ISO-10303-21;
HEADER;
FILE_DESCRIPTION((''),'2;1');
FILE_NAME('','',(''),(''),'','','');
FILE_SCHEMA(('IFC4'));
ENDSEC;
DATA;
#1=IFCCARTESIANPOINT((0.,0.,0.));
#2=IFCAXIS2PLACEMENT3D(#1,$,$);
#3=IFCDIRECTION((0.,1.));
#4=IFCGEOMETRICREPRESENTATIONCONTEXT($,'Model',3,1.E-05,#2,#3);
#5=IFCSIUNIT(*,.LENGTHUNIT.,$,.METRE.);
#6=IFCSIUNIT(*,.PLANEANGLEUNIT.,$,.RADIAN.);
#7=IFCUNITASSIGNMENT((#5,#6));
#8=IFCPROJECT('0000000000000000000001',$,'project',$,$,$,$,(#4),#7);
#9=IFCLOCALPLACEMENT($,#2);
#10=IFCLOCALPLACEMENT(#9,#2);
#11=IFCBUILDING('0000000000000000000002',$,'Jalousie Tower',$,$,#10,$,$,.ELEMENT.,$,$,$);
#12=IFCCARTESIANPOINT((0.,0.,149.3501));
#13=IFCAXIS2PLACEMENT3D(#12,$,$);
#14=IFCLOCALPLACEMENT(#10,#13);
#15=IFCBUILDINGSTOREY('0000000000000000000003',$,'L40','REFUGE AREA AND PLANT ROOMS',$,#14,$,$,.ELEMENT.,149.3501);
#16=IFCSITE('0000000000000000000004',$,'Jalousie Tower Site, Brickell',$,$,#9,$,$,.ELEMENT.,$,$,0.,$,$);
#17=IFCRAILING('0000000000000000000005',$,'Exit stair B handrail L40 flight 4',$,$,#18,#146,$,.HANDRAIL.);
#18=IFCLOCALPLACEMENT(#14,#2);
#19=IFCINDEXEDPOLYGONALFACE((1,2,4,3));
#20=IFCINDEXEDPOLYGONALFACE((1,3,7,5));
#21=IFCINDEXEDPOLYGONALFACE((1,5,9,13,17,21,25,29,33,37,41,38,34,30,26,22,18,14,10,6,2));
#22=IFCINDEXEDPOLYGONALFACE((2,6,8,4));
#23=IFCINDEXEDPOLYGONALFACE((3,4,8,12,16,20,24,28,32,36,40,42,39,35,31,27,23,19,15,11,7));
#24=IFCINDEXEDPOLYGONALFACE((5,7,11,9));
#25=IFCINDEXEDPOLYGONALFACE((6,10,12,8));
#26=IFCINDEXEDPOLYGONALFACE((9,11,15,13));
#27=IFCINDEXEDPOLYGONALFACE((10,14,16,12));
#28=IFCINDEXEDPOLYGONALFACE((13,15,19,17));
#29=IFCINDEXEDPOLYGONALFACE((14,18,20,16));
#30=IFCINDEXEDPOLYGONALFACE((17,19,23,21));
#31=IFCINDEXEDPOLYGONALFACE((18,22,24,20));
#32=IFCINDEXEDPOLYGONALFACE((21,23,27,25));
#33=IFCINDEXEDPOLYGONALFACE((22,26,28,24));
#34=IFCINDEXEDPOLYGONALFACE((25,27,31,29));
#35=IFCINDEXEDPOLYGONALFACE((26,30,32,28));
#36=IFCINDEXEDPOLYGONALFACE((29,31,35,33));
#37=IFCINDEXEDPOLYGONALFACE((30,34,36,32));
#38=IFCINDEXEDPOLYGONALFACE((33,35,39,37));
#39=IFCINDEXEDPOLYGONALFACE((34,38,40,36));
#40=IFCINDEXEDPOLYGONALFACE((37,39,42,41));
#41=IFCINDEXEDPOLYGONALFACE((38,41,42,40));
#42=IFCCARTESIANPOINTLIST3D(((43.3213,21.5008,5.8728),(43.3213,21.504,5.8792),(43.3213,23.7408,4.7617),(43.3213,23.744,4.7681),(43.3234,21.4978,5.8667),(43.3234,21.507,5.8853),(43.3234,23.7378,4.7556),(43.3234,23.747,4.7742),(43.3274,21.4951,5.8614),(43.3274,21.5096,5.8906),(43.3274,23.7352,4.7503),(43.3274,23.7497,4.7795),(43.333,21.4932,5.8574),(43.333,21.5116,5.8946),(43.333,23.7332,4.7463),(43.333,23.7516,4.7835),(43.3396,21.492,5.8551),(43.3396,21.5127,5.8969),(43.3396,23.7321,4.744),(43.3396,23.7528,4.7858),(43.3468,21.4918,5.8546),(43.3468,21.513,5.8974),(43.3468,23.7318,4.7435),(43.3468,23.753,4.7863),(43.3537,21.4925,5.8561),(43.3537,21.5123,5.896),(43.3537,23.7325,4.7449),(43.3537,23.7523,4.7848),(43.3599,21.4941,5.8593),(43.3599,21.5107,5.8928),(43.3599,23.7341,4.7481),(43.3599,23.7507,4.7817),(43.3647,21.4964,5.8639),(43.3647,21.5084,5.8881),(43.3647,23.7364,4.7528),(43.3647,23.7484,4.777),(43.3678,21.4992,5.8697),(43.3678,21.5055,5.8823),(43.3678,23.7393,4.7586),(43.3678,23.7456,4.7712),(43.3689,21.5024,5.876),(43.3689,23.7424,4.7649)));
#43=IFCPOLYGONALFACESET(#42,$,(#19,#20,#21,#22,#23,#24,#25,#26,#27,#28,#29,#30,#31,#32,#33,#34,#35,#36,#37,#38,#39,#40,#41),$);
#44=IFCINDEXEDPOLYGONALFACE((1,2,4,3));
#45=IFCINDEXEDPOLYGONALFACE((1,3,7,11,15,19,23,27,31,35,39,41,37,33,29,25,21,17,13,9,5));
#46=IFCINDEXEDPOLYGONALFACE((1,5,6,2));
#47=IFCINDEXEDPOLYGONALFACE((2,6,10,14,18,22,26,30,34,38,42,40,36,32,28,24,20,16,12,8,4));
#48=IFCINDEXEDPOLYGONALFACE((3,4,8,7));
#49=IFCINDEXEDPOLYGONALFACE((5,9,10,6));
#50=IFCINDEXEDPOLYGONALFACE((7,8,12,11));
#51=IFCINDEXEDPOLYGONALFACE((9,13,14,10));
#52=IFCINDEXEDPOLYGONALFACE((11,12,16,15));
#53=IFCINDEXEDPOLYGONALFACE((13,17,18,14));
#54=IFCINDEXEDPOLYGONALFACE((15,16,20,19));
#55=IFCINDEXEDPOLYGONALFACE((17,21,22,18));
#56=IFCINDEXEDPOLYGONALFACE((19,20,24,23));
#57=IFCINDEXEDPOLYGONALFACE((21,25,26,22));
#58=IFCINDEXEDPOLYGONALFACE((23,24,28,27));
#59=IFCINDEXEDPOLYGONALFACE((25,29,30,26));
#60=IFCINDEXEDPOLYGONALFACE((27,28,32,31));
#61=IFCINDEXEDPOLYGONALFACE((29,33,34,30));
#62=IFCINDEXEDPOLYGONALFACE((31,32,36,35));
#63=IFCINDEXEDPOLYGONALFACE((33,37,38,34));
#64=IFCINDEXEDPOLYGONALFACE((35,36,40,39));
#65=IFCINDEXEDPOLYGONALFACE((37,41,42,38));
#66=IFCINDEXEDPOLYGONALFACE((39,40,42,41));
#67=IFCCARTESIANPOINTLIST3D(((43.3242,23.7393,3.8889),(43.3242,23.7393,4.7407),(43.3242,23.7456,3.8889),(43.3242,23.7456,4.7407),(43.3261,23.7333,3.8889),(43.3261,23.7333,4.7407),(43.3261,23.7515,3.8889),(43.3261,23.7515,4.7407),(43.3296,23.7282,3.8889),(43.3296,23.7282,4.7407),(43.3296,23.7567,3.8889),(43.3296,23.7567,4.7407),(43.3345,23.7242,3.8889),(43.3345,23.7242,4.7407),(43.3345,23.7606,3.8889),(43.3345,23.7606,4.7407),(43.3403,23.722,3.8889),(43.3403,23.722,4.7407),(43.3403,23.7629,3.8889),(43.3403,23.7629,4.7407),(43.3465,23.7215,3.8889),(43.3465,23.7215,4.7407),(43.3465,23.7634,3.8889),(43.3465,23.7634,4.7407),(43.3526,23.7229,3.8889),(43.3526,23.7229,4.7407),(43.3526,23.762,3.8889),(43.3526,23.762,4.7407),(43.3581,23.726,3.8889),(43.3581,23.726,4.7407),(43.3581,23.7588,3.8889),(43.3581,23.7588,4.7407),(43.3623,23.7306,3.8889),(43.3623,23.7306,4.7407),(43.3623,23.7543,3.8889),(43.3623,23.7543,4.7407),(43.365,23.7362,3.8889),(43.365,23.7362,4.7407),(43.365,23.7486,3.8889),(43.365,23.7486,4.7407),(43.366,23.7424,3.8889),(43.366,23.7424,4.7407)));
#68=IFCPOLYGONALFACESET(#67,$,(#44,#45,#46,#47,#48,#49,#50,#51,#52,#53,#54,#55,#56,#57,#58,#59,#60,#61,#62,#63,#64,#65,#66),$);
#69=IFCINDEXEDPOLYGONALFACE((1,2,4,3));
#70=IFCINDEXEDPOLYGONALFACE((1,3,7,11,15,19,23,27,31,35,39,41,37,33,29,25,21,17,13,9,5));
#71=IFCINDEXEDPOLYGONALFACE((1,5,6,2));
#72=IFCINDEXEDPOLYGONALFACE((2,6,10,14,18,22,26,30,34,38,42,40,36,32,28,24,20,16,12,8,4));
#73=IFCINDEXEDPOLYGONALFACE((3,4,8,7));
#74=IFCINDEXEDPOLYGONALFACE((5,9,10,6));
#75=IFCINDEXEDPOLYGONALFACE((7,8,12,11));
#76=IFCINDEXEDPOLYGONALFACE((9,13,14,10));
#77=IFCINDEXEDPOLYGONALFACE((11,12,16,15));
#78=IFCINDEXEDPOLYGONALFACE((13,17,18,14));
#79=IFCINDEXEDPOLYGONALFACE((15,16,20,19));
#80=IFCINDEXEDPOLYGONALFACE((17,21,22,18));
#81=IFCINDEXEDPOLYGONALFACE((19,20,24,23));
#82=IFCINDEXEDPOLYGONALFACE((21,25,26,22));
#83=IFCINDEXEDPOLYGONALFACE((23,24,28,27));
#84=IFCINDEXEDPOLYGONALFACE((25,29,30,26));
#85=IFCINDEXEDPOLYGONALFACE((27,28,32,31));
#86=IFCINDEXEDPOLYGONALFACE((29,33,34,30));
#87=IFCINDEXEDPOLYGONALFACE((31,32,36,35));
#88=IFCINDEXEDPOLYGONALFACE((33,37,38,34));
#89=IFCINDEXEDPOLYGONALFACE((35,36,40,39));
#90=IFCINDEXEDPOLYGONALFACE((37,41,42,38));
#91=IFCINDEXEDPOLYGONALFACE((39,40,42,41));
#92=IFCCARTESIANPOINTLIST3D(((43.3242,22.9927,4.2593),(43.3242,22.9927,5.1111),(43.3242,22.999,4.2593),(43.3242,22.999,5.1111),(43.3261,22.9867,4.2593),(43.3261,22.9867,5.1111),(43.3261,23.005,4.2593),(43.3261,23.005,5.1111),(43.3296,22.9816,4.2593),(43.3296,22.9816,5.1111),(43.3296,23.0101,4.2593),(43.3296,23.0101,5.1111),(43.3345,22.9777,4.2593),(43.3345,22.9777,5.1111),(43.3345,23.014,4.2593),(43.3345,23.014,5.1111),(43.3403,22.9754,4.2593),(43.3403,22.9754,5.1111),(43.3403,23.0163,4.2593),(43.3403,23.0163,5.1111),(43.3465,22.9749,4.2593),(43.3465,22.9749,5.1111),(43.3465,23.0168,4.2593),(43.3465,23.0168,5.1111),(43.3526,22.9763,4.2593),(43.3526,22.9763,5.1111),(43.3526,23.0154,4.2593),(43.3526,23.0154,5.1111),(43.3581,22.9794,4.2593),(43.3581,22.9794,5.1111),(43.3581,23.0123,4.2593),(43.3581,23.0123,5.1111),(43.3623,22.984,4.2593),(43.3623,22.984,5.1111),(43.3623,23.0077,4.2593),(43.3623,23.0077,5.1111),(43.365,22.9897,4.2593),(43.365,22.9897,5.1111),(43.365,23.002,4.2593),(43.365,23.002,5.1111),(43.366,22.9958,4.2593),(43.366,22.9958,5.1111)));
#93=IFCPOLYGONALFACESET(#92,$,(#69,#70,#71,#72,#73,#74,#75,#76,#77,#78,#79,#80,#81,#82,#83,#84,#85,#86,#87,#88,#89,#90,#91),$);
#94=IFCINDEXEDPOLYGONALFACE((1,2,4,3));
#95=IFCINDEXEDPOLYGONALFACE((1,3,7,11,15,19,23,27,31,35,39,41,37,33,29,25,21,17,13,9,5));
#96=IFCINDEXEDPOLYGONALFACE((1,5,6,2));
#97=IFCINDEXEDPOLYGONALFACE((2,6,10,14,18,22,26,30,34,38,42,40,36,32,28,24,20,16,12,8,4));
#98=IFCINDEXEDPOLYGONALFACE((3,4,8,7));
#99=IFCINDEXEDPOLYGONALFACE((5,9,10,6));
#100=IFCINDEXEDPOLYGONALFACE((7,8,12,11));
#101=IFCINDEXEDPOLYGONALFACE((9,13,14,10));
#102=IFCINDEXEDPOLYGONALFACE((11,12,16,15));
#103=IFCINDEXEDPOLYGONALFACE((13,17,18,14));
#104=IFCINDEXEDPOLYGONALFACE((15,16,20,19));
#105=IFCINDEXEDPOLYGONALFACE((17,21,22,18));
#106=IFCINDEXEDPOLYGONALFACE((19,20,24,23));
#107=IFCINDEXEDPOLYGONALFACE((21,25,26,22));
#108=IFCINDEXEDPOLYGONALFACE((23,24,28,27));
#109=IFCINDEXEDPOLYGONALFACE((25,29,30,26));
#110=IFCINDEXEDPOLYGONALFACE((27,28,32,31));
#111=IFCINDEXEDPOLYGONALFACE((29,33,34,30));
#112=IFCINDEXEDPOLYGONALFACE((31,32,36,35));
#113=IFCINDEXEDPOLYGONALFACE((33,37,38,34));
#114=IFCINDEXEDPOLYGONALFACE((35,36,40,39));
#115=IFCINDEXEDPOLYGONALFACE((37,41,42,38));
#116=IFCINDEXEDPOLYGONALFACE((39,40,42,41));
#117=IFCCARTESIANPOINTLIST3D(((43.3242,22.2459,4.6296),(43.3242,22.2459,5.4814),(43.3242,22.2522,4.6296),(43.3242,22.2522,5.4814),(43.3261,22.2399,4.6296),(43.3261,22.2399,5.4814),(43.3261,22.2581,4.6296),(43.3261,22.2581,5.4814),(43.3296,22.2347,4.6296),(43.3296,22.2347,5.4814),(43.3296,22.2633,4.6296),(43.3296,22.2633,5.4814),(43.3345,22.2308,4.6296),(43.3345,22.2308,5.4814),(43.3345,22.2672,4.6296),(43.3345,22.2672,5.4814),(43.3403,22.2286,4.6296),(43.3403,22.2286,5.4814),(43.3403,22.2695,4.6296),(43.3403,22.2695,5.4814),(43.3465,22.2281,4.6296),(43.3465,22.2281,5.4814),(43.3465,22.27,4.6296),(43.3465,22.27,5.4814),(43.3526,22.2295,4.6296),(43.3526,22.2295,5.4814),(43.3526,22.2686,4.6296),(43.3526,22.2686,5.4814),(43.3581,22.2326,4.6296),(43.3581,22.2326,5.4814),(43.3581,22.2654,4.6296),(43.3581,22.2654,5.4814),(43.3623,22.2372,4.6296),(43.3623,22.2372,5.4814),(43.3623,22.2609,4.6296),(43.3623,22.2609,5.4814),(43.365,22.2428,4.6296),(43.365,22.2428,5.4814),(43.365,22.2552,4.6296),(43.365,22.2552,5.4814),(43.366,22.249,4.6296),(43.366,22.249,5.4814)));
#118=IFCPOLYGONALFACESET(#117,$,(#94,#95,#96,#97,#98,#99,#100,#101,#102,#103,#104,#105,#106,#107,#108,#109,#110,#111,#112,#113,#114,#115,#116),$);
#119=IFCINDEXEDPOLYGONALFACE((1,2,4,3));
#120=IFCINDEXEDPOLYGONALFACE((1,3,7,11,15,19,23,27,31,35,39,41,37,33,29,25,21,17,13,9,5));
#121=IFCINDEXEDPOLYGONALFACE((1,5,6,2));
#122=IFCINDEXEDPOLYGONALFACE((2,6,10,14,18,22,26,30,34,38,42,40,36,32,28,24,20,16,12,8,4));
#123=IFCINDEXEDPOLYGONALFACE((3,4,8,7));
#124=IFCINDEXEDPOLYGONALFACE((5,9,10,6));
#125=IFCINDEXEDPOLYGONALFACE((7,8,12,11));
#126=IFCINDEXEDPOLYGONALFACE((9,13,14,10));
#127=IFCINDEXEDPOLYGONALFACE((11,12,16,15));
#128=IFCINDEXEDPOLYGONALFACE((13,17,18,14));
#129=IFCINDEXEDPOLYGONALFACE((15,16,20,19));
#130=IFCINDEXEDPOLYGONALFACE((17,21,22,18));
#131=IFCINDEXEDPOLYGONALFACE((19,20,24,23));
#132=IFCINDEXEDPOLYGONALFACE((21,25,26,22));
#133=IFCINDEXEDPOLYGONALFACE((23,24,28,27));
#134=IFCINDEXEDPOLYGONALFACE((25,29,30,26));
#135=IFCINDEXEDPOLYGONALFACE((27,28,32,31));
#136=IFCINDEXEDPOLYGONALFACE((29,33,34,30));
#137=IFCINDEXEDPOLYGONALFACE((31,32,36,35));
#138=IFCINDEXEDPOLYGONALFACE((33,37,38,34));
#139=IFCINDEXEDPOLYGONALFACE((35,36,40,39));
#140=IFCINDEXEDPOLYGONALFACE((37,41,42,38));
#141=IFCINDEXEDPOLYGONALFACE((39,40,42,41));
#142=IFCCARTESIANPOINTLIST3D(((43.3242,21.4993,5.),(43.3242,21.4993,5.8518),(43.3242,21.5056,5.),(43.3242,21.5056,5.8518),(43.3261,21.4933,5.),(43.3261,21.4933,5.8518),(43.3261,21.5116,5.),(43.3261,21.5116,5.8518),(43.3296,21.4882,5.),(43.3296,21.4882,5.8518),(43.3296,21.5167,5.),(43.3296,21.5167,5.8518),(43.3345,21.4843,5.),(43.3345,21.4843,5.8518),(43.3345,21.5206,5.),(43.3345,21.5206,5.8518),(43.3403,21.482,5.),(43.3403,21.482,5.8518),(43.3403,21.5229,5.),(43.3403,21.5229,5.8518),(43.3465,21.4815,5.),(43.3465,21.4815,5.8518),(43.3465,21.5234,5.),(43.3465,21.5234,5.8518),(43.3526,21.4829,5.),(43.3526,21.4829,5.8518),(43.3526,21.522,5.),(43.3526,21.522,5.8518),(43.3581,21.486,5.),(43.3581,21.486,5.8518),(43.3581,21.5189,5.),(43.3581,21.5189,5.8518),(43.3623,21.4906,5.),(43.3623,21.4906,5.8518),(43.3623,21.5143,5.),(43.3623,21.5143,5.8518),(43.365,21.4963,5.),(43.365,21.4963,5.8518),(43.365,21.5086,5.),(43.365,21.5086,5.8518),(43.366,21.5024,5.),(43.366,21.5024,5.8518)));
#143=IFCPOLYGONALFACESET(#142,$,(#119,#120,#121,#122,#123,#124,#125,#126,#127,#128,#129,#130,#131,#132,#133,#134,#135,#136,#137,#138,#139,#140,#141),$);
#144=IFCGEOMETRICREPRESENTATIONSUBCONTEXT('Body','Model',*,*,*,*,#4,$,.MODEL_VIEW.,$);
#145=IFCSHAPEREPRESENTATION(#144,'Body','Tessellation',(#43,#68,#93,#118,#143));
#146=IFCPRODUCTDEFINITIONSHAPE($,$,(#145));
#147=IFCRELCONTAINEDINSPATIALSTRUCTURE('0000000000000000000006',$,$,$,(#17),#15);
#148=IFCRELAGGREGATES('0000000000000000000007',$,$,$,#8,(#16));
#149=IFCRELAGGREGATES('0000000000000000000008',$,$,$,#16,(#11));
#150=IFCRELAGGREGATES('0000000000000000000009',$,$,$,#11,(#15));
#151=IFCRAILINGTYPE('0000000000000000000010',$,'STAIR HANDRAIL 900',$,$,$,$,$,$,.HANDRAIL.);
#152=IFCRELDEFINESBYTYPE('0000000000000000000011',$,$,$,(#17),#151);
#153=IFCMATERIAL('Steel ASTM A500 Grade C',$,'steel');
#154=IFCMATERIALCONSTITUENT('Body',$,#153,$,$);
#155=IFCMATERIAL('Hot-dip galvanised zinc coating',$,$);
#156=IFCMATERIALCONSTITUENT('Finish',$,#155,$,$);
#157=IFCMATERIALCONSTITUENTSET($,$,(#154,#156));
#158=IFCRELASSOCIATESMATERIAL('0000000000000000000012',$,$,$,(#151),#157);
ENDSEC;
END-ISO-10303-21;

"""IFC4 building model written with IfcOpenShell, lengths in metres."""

from ifc_helpers import new_model, si_unit, direction, frame, origin, origin_2d, place, context, subcontext, project, spatial, circle, extrude, material, constituent, constituent_set, type_object, element, save


model = new_model("IFC4")

# Units and contexts
model_context = context("Model", 3, precision=1e-05, world=origin(), true_north=direction((0.0, 1.0)))
body_context = subcontext(model_context, "Body", "Model", "MODEL_VIEW")
ifc_project = project(units=[si_unit("LENGTHUNIT", "METRE"), si_unit("PLANEANGLEUNIT", "RADIAN")], contexts=[model_context])

# Site, building, storey
site_placement = place(None, origin())
site = spatial("IfcSite", under=ifc_project, at=site_placement, Name="Jalousie Tower Site, Brickell", CompositionType="ELEMENT", RefElevation=0.0)
building_placement = place(site_placement, origin())
building = spatial("IfcBuilding", under=site, at=building_placement, Name="Jalousie Tower", CompositionType="ELEMENT")
storey_placement = place(building_placement, frame((0.0, 0.0, 149.3501)))
storey = spatial("IfcBuildingStorey", under=building, at=storey_placement, Name="L40", Description="REFUGE AREA AND PLANT ROOMS", CompositionType="ELEMENT", Elevation=149.3501)

# Railing
ifc_material_1 = material(Name="Steel ASTM A500 Grade C", Category="steel")
ifc_constituent_1 = constituent(ifc_material_1, Name="Body")
ifc_material_2 = material(Name="Hot-dip galvanised zinc coating")
ifc_constituent_2 = constituent(ifc_material_2, Name="Finish")
ifc_constituent_set_1 = constituent_set(constituents=[ifc_constituent_1, ifc_constituent_2])
railing_type_1 = type_object("IfcRailingType", Name="STAIR HANDRAIL 900", PredefinedType="HANDRAIL", material=ifc_constituent_set_1)
for number, where, name in (
    (1, (43.345, 23.7424, 3.8889), "Exit stair B handrail L40 flight 4"),
):
    element("IfcRailing", number, at=place(storey_placement, frame(where)), inside=storey, type_object=railing_type_1, Name=name, PredefinedType="HANDRAIL", context=body_context, shape_type="SweptSolid", body=[
        extrude(circle(Radius=0.0239, at=origin_2d()), frame((0.0, 0.0, 0.876), z_axis=(0.0, -0.895848, 0.44436), x_axis=(1.0, 0.0, 0.0)), (0.0, 0.0, 1.0), 2.5005),
        extrude(circle(Radius=0.021, at=origin_2d()), origin(), (0.0, 0.0, 1.0), 0.8518),
        extrude(circle(Radius=0.021, at=origin_2d()), frame((0.0, -0.7466, 0.3704)), (0.0, 0.0, 1.0), 0.8518),
        extrude(circle(Radius=0.021, at=origin_2d()), frame((0.0, -1.4934, 0.7407)), (0.0, 0.0, 1.0), 0.8518),
        extrude(circle(Radius=0.021, at=origin_2d()), frame((0.0, -2.24, 1.1111)), (0.0, 0.0, 1.0), 0.8518),
    ])

save(model, "model.ifc")
